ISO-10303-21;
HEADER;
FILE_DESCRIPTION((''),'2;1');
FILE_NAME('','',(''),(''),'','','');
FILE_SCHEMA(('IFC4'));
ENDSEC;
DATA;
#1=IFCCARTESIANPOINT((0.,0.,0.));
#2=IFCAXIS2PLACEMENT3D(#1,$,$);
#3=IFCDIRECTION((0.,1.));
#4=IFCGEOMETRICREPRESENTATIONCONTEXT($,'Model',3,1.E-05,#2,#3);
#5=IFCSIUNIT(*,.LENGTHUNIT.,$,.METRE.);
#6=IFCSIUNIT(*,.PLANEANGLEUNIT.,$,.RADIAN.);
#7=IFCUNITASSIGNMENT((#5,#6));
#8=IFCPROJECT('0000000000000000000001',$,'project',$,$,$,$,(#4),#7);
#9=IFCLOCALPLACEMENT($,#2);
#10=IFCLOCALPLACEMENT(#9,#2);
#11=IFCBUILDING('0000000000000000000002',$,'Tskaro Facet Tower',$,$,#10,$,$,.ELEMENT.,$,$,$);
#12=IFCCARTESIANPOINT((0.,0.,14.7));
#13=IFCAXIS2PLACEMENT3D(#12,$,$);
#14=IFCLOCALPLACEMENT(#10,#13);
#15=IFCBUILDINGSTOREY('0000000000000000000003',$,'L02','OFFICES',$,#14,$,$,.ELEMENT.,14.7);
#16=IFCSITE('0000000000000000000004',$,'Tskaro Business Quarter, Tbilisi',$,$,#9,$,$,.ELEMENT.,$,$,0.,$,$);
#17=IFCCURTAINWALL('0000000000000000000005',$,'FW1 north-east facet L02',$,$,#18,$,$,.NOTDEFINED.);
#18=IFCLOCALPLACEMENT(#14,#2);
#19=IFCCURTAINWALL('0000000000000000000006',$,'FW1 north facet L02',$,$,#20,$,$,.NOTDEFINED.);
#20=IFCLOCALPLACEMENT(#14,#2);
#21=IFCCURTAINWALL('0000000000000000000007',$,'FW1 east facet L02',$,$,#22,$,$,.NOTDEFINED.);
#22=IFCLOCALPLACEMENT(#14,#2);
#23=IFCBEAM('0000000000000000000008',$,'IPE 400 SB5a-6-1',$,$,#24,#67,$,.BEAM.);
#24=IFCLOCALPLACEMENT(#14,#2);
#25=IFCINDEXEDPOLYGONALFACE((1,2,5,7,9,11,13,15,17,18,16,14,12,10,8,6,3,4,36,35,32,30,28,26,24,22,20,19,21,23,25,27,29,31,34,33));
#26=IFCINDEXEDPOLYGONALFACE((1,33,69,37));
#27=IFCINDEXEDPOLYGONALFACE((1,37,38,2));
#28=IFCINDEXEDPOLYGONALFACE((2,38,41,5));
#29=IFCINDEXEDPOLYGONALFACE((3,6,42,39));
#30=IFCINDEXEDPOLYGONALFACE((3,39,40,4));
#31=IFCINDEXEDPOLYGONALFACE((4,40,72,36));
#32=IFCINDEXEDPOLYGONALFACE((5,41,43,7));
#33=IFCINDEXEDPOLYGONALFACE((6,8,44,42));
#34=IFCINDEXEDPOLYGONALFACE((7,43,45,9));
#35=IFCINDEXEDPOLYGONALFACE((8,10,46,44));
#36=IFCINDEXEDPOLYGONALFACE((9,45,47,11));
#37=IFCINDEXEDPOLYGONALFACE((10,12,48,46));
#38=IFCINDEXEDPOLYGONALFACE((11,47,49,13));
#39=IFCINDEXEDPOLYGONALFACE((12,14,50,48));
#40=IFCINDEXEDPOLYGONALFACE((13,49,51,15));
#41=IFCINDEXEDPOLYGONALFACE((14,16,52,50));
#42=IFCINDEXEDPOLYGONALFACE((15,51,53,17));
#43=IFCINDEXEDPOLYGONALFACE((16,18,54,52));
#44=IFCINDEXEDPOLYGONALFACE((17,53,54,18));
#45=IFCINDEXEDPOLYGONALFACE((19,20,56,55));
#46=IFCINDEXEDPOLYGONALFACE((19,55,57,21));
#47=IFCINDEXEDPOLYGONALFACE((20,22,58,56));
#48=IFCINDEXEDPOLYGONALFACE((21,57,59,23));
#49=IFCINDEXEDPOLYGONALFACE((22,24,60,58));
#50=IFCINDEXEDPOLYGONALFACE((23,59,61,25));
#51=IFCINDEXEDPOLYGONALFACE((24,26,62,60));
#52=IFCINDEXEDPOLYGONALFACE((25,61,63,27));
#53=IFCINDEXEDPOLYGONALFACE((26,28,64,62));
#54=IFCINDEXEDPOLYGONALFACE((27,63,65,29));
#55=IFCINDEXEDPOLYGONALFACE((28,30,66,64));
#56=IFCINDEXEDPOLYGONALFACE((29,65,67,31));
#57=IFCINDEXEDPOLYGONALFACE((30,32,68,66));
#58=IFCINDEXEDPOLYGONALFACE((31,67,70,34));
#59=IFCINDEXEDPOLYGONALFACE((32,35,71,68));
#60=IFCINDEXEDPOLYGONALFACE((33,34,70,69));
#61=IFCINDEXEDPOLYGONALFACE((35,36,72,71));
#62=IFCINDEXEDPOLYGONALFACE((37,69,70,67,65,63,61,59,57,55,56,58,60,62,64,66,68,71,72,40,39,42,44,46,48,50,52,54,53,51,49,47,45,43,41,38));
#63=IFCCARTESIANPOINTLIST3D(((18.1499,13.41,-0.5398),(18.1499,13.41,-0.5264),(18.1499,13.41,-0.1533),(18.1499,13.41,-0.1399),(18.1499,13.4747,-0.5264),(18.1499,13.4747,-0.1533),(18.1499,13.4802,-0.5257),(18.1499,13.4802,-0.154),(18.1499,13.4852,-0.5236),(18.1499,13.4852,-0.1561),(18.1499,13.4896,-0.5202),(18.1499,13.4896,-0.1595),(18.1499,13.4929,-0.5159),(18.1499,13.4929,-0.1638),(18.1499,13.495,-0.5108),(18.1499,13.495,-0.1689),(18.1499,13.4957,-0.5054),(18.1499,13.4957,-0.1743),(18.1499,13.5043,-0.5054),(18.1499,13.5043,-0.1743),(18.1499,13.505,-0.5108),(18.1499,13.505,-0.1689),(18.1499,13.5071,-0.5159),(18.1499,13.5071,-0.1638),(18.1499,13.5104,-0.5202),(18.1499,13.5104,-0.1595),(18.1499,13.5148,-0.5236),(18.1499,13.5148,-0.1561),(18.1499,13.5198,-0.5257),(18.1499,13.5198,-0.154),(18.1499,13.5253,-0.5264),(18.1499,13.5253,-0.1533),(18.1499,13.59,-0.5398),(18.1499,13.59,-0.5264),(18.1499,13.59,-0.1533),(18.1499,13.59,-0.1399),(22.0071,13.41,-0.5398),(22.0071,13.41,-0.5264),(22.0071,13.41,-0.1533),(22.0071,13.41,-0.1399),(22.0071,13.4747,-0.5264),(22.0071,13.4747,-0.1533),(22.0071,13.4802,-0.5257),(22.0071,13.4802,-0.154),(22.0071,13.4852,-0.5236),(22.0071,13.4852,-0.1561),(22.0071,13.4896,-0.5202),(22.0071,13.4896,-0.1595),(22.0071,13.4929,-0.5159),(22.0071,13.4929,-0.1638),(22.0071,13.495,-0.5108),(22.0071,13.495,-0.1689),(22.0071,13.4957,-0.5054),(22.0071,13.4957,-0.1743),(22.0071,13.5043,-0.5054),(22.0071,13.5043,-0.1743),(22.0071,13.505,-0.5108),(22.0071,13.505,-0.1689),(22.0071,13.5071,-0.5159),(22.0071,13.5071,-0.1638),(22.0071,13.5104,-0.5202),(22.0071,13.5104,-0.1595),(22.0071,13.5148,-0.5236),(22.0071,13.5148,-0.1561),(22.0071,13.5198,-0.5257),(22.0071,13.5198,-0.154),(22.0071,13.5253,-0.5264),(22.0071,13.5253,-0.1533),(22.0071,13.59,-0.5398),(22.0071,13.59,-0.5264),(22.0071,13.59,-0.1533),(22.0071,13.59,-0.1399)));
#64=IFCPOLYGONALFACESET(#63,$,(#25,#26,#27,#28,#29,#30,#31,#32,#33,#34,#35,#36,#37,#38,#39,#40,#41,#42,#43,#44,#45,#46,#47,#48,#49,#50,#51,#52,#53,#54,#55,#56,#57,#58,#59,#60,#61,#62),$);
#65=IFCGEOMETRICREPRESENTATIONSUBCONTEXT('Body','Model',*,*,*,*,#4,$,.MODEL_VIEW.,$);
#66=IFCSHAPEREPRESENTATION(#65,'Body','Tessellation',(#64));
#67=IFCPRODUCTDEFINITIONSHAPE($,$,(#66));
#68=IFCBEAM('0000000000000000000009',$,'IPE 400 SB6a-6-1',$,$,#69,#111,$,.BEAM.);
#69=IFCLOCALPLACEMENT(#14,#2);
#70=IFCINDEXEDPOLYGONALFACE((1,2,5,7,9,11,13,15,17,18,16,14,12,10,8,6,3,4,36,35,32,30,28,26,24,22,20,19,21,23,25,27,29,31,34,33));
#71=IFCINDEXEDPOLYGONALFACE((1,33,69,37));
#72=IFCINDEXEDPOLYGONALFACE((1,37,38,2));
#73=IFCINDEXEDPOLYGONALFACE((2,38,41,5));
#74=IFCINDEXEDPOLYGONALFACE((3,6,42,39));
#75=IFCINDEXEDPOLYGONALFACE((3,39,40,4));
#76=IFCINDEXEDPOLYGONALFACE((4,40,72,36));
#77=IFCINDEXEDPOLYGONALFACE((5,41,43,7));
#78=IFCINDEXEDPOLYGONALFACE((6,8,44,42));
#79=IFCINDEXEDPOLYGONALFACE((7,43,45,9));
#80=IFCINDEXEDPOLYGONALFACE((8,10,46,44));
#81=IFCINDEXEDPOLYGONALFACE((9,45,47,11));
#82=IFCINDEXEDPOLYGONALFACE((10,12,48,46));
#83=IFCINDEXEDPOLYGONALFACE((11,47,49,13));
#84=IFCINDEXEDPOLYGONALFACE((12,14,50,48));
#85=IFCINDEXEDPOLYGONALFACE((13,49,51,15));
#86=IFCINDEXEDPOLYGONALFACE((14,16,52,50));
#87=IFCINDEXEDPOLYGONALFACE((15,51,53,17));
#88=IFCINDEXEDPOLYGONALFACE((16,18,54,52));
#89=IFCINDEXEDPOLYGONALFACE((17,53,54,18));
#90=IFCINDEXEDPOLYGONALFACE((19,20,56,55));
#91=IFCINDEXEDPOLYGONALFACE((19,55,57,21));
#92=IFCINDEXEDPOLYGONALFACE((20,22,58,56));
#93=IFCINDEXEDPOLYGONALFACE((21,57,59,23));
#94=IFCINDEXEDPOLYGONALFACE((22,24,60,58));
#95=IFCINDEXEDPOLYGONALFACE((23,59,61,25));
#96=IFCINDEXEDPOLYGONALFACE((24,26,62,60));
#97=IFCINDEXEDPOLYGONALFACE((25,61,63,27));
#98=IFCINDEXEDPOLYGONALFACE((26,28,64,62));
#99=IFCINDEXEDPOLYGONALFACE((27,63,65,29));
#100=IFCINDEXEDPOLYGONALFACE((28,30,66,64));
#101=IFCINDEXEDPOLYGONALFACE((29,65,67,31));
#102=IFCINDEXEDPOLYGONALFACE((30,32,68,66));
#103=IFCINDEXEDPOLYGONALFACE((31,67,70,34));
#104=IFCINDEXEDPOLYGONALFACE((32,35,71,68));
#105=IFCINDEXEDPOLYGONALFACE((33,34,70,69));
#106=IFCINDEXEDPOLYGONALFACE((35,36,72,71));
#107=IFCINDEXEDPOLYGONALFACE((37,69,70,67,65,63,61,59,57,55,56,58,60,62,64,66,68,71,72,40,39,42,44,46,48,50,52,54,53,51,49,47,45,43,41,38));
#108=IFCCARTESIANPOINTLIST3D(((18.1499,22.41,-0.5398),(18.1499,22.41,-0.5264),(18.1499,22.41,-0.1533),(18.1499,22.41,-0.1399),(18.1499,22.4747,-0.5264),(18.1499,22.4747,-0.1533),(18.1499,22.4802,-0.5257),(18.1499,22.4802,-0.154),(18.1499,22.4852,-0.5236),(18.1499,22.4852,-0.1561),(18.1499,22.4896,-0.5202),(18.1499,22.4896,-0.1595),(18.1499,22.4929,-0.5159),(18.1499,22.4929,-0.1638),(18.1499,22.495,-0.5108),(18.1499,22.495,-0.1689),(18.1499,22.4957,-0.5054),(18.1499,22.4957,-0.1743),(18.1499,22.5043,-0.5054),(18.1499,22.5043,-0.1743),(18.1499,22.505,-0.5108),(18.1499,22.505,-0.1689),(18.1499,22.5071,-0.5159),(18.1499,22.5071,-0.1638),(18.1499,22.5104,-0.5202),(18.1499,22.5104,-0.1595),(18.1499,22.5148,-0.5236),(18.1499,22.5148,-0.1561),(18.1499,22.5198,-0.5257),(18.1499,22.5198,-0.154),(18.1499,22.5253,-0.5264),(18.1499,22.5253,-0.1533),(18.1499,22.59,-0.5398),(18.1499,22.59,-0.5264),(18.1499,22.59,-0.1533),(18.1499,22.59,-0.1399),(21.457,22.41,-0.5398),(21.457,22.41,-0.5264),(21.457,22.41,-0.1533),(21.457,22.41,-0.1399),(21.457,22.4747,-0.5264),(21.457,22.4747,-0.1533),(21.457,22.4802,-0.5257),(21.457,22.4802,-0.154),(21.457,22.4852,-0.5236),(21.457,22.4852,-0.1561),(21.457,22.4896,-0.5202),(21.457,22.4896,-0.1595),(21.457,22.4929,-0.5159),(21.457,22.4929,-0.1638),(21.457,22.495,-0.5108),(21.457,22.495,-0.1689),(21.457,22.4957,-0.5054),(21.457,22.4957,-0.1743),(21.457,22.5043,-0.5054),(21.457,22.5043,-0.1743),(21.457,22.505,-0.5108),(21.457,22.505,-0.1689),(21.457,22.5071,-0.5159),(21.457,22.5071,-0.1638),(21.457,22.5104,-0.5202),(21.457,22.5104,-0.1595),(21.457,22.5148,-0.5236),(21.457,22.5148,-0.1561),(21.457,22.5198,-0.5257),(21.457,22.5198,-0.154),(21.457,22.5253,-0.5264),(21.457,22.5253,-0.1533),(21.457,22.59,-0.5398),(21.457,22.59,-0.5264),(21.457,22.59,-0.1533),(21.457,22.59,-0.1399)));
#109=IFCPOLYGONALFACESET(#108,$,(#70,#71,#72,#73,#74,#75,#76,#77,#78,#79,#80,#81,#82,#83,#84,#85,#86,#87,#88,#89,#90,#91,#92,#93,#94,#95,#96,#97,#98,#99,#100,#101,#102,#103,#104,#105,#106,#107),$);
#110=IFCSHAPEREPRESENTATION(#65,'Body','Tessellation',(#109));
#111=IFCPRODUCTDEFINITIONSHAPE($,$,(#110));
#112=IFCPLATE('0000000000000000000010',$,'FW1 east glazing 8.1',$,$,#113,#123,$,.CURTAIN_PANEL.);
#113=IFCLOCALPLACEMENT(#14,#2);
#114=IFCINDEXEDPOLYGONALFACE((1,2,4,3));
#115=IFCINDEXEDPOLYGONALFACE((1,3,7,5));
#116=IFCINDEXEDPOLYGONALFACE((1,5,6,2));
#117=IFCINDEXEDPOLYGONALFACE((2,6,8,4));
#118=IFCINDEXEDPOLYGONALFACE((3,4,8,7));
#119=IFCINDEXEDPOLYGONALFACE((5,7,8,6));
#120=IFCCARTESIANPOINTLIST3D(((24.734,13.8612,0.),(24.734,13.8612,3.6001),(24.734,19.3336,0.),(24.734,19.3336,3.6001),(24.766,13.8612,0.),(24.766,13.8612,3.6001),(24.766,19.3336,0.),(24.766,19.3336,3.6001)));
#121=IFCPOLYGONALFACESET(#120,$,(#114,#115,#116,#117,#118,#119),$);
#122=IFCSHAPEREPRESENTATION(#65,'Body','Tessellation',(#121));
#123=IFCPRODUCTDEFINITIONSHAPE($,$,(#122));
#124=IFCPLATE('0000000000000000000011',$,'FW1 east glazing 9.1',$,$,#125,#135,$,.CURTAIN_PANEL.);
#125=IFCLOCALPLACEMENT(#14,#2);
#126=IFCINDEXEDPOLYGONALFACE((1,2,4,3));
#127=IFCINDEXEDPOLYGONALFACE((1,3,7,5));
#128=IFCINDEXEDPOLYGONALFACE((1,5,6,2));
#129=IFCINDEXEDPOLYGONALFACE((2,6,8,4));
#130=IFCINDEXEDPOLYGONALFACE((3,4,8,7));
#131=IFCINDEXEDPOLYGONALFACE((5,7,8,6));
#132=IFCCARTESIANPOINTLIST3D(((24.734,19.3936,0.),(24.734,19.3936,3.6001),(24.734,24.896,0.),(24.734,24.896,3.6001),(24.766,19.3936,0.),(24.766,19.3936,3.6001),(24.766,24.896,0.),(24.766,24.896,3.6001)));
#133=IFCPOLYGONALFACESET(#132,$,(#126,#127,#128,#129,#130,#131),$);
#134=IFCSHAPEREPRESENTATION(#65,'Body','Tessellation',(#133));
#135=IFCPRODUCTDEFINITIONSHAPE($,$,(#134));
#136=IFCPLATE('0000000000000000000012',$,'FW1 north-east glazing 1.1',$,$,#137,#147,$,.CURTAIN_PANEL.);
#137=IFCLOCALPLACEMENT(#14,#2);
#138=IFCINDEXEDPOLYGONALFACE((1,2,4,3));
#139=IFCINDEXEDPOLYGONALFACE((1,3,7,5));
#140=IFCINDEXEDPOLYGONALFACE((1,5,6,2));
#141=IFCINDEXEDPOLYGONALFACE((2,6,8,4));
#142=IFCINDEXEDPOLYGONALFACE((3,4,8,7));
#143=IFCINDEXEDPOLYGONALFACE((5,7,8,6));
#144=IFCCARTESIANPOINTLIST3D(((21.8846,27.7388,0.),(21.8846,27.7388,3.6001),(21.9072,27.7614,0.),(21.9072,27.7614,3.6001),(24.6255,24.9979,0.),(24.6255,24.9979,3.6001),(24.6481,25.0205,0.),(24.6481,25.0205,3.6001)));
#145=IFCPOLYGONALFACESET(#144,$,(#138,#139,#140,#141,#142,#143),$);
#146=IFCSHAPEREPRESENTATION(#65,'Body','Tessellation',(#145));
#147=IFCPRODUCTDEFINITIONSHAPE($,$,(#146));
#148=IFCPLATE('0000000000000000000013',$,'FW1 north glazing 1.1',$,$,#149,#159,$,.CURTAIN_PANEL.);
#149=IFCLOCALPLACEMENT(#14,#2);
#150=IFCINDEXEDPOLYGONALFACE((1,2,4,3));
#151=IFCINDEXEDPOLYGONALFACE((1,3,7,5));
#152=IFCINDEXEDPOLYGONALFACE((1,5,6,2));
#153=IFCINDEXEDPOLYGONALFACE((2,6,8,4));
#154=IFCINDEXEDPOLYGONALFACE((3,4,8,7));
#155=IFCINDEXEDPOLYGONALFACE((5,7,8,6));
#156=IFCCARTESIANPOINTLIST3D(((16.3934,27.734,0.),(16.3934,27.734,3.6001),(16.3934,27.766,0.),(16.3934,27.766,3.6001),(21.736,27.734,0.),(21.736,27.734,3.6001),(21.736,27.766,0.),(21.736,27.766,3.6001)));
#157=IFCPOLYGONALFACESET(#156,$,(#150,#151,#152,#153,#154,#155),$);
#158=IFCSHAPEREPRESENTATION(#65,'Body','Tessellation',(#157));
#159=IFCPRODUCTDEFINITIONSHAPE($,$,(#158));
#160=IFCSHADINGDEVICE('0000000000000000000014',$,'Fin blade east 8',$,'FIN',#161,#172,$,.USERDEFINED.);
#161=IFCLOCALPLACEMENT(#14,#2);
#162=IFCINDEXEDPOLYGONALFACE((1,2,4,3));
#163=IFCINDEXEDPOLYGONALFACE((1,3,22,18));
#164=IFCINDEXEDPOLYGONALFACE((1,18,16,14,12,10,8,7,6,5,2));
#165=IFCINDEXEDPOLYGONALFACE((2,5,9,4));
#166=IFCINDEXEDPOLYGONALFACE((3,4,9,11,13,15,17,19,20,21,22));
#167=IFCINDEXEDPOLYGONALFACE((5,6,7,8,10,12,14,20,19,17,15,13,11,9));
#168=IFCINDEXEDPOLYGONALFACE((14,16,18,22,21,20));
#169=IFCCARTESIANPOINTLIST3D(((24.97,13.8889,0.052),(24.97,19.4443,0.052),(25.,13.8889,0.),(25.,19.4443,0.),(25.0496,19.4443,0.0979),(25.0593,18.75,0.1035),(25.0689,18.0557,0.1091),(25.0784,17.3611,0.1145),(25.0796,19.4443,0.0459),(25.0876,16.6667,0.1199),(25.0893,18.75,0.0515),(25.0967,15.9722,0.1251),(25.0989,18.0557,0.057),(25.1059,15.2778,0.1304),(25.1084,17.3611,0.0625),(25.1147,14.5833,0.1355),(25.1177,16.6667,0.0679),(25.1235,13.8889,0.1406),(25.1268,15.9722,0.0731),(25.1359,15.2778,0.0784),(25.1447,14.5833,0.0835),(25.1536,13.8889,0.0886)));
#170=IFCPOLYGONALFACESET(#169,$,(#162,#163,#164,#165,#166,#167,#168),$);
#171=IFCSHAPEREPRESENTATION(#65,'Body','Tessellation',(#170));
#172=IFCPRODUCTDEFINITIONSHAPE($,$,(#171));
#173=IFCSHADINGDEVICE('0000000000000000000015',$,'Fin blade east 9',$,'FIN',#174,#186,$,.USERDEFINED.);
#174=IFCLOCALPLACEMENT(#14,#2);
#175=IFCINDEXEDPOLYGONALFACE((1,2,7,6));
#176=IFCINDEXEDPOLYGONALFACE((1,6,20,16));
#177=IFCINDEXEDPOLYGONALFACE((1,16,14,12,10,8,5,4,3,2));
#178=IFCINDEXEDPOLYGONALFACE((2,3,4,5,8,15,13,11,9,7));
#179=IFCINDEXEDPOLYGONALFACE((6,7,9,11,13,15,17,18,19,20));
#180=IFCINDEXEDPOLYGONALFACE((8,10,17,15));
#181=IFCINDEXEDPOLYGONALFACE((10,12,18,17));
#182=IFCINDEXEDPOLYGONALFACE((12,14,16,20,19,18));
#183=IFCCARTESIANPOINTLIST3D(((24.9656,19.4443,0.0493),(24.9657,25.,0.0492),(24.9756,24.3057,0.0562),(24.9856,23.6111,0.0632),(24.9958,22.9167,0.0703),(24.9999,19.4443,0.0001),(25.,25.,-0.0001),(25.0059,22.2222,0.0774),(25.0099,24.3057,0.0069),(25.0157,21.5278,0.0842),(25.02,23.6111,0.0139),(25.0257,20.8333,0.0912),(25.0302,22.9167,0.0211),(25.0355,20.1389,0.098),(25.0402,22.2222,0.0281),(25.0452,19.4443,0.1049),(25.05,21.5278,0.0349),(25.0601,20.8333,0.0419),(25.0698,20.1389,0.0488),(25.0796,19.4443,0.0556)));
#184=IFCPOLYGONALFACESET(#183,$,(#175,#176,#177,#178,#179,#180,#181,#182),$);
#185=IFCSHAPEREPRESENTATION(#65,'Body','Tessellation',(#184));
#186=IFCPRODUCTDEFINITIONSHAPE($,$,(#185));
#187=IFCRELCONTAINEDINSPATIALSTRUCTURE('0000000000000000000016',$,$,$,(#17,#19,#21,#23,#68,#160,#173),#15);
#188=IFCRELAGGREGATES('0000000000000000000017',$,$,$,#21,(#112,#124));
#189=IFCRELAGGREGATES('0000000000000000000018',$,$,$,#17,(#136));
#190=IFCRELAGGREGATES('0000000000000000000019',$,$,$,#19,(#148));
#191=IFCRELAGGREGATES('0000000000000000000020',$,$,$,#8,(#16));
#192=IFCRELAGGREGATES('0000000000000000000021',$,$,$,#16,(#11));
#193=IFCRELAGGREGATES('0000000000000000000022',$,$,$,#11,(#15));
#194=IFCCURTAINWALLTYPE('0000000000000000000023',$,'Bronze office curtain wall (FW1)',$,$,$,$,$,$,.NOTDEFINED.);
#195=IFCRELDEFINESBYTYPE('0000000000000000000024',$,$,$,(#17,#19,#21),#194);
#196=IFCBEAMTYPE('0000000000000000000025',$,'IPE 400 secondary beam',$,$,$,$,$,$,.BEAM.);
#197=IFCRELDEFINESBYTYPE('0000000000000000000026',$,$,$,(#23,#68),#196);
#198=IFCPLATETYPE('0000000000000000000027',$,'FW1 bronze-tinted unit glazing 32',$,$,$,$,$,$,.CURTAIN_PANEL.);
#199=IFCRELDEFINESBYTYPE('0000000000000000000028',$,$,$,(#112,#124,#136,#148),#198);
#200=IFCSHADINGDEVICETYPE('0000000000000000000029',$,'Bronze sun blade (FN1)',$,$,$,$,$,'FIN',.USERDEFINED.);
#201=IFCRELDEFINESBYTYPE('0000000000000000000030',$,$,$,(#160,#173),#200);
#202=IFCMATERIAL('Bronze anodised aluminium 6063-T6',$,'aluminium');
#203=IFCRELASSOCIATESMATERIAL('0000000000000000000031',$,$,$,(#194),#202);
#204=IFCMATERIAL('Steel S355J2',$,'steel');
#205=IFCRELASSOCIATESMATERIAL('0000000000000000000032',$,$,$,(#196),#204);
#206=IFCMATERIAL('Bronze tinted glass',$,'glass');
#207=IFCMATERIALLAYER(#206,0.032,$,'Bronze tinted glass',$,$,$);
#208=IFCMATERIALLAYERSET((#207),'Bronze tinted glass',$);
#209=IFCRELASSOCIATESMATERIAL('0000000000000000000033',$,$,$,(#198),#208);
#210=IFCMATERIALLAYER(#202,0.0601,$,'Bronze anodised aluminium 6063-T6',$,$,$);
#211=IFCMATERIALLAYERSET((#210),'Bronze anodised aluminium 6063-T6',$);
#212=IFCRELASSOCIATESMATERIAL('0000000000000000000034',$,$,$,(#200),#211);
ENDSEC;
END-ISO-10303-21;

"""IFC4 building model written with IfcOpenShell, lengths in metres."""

from ifc_helpers import new_model, si_unit, direction, frame, origin, origin_2d, place, context, subcontext, project, spatial, polyline, rectangle, i_section, outline, extrude, material, layer, layer_set, material_profile, profile_set, type_object, element, aggregate, save


model = new_model("IFC4")

# Units and contexts
model_context = context("Model", 3, precision=1e-05, world=origin(), true_north=direction((0.0, 1.0)))
body_context = subcontext(model_context, "Body", "Model", "MODEL_VIEW")
ifc_project = project(units=[si_unit("LENGTHUNIT", "METRE"), si_unit("PLANEANGLEUNIT", "RADIAN")], contexts=[model_context])

# Site, building, storey
site_placement = place(None, origin())
site = spatial("IfcSite", under=ifc_project, at=site_placement, Name="Tskaro Business Quarter, Tbilisi", CompositionType="ELEMENT", RefElevation=0.0)
building_placement = place(site_placement, origin())
building = spatial("IfcBuilding", under=site, at=building_placement, Name="Tskaro Facet Tower", CompositionType="ELEMENT")
storey_placement = place(building_placement, frame((0.0, 0.0, 14.7)))
storey = spatial("IfcBuildingStorey", under=building, at=storey_placement, Name="L02", Description="OFFICES", CompositionType="ELEMENT", Elevation=14.7)

# Curtain walls
ifc_material_1 = material(Name="Bronze anodised aluminium 6063-T6", Category="aluminium")
curtain_wall_type = type_object("IfcCurtainWallType", Name="Bronze office curtain wall (FW1)", PredefinedType="NOTDEFINED", material=ifc_material_1)
curtain_wall_1_placement = place(storey_placement, origin())
curtain_wall_1 = element("IfcCurtainWall", 1, at=curtain_wall_1_placement, inside=storey, type_object=curtain_wall_type, Name="FW1 north-east facet L02", PredefinedType="NOTDEFINED")
curtain_wall_2_placement = place(storey_placement, origin())
curtain_wall_2 = element("IfcCurtainWall", 2, at=curtain_wall_2_placement, inside=storey, type_object=curtain_wall_type, Name="FW1 north facet L02", PredefinedType="NOTDEFINED")

# Curtain wall
curtain_wall_3_placement = place(storey_placement, origin())
curtain_wall_3 = element("IfcCurtainWall", 3, at=curtain_wall_3_placement, inside=storey, type_object=curtain_wall_type, Name="FW1 east facet L02", PredefinedType="NOTDEFINED")

# Beams
ifc_material_2 = material(Name="Steel S355J2", Category="steel")
ifc_material_profile_1 = material_profile(ifc_material_2, i_section(OverallWidth=0.1799, OverallDepth=0.3999, WebThickness=0.0085, FlangeThickness=0.0134, FilletRadius=0.021, at=origin_2d()), Name="IPE 400")
ifc_profile_set_1 = profile_set([ifc_material_profile_1], Name="Steel S355J2")
beam_type_1 = type_object("IfcBeamType", Name="IPE 400 secondary beam", PredefinedType="BEAM", material=ifc_profile_set_1)
beam_1_placement = place(storey_placement, frame((18.1499, 13.5, -0.3398), z_axis=(1.0, 0.0, 0.0), x_axis=(0.0, 1.0, 0.0)))
element("IfcBeam", 4, at=beam_1_placement, inside=storey, type_object=beam_type_1, Name="IPE 400 SB5a-6-1", PredefinedType="BEAM", context=body_context, shape_type="SweptSolid", body=[
    extrude(i_section(OverallWidth=0.1799, OverallDepth=0.3999, WebThickness=0.0085, FlangeThickness=0.0134, FilletRadius=0.021, at=origin_2d()), origin(), (0.0, 0.0, 1.0), 3.8572),
])
beam_2_placement = place(storey_placement, frame((18.1499, 22.5, -0.3398), z_axis=(1.0, 0.0, 0.0), x_axis=(0.0, 1.0, 0.0)))
element("IfcBeam", 5, at=beam_2_placement, inside=storey, type_object=beam_type_1, Name="IPE 400 SB6a-6-1", PredefinedType="BEAM", context=body_context, shape_type="SweptSolid", body=[
    extrude(i_section(OverallWidth=0.1799, OverallDepth=0.3999, WebThickness=0.0085, FlangeThickness=0.0134, FilletRadius=0.021, at=origin_2d()), origin(), (0.0, 0.0, 1.0), 3.3071),
])

# Plates
ifc_material_3 = material(Name="Bronze tinted glass", Category="glass")
ifc_layer_1 = layer(ifc_material_3, 0.032, Name="Bronze tinted glass")
ifc_layer_set_1 = layer_set([ifc_layer_1], Name="Bronze tinted glass")
plate_type = type_object("IfcPlateType", Name="FW1 bronze-tinted unit glazing 32", PredefinedType="CURTAIN_PANEL", material=ifc_layer_set_1)
plate_1_placement = place(storey_placement, frame((24.75, 16.5974, 0.0), z_axis=(0.0, 0.0, 1.0), x_axis=(0.0, 1.0, 0.0)))
plate_1 = element("IfcPlate", 6, at=plate_1_placement, type_object=plate_type, Name="FW1 east glazing 8.1", PredefinedType="CURTAIN_PANEL", context=body_context, shape_type="SweptSolid", body=[
    extrude(rectangle(XDim=5.4724, YDim=0.032, at=origin_2d()), origin(), (0.0, 0.0, 1.0), 3.6001),
])
plate_2_placement = place(storey_placement, frame((24.75, 22.1448, 0.0), z_axis=(0.0, 0.0, 1.0), x_axis=(0.0, 1.0, 0.0)))
plate_2 = element("IfcPlate", 7, at=plate_2_placement, type_object=plate_type, Name="FW1 east glazing 9.1", PredefinedType="CURTAIN_PANEL", context=body_context, shape_type="SweptSolid", body=[
    extrude(rectangle(XDim=5.5024, YDim=0.032, at=origin_2d()), origin(), (0.0, 0.0, 1.0), 3.6001),
])
aggregate(curtain_wall_3, [plate_1, plate_2])
plate_3_placement = place(storey_placement, frame((23.2664, 26.3796, 0.0), z_axis=(0.0, 0.0, 1.0), x_axis=(-0.707107, 0.707107, 0.0)))
plate_3 = element("IfcPlate", 8, at=plate_3_placement, type_object=plate_type, Name="FW1 north-east glazing 1.1", PredefinedType="CURTAIN_PANEL", context=body_context, shape_type="SweptSolid", body=[
    extrude(rectangle(XDim=3.8762, YDim=0.032, at=origin_2d()), origin(), (0.0, 0.0, 1.0), 3.6001),
])
aggregate(curtain_wall_1, [plate_3])
plate_4_placement = place(storey_placement, frame((19.0647, 27.75, 0.0), z_axis=(0.0, 0.0, 1.0), x_axis=(-1.0, 0.0, 0.0)))
plate_4 = element("IfcPlate", 9, at=plate_4_placement, type_object=plate_type, Name="FW1 north glazing 1.1", PredefinedType="CURTAIN_PANEL", context=body_context, shape_type="SweptSolid", body=[
    extrude(rectangle(XDim=5.3425, YDim=0.032, at=origin_2d()), origin(), (0.0, 0.0, 1.0), 3.6001),
])
aggregate(curtain_wall_2, [plate_4])

# Shading devices
ifc_layer_2 = layer(ifc_material_1, 0.0601, Name="Bronze anodised aluminium 6063-T6")
ifc_layer_set_2 = layer_set([ifc_layer_2], Name="Bronze anodised aluminium 6063-T6")
shading_device_type = type_object("IfcShadingDeviceType", Name="Bronze sun blade (FN1)", ElementType="FIN", PredefinedType="USERDEFINED", material=ifc_layer_set_2)
shading_device_1_placement = place(storey_placement, frame((24.97, 13.8889, 0.052), z_axis=(-0.499739, 0.000004, 0.866176), x_axis=(0.000002, 1.0, -0.000003)))
element("IfcShadingDevice", 10, at=shading_device_1_placement, inside=storey, type_object=shading_device_type, Name="Fin blade east 8", ObjectType="FIN", PredefinedType="USERDEFINED", context=body_context, shape_type="SweptSolid", body=[
    extrude(outline(polyline([(0.0, 0.0), (5.5554, 0.0), (5.5554, -0.0919), (4.8611, -0.1031), (4.1667, -0.1142), (3.4722, -0.1251), (2.7778, -0.1358), (2.0833, -0.1464), (1.3889, -0.157), (0.6943, -0.1671), (0.0, -0.1773), (0.0, 0.0)])), origin(), (0.0, 0.0, -1.0), 0.0601),
])
shading_device_2_placement = place(storey_placement, frame((24.9656, 19.4443, 0.0493), z_axis=(-0.572035, 0.000023, 0.820229), x_axis=(0.000013, 1.0, -0.000019)))
element("IfcShadingDevice", 11, at=shading_device_2_placement, inside=storey, type_object=shading_device_type, Name="Fin blade east 9", ObjectType="FIN", PredefinedType="USERDEFINED", context=body_context, shape_type="SweptSolid", body=[
    extrude(outline(polyline([(0.0, 0.0), (5.5557, 0.0), (4.8613, -0.0121), (4.1667, -0.0244), (3.4724, -0.0368), (2.7778, -0.0491), (2.0835, -0.061), (1.3889, -0.0733), (0.6946, -0.0852), (0.0, -0.0971), (0.0, 0.0)])), origin(), (0.0, 0.0, -1.0), 0.0601),
])

save(model, "model.ifc")
